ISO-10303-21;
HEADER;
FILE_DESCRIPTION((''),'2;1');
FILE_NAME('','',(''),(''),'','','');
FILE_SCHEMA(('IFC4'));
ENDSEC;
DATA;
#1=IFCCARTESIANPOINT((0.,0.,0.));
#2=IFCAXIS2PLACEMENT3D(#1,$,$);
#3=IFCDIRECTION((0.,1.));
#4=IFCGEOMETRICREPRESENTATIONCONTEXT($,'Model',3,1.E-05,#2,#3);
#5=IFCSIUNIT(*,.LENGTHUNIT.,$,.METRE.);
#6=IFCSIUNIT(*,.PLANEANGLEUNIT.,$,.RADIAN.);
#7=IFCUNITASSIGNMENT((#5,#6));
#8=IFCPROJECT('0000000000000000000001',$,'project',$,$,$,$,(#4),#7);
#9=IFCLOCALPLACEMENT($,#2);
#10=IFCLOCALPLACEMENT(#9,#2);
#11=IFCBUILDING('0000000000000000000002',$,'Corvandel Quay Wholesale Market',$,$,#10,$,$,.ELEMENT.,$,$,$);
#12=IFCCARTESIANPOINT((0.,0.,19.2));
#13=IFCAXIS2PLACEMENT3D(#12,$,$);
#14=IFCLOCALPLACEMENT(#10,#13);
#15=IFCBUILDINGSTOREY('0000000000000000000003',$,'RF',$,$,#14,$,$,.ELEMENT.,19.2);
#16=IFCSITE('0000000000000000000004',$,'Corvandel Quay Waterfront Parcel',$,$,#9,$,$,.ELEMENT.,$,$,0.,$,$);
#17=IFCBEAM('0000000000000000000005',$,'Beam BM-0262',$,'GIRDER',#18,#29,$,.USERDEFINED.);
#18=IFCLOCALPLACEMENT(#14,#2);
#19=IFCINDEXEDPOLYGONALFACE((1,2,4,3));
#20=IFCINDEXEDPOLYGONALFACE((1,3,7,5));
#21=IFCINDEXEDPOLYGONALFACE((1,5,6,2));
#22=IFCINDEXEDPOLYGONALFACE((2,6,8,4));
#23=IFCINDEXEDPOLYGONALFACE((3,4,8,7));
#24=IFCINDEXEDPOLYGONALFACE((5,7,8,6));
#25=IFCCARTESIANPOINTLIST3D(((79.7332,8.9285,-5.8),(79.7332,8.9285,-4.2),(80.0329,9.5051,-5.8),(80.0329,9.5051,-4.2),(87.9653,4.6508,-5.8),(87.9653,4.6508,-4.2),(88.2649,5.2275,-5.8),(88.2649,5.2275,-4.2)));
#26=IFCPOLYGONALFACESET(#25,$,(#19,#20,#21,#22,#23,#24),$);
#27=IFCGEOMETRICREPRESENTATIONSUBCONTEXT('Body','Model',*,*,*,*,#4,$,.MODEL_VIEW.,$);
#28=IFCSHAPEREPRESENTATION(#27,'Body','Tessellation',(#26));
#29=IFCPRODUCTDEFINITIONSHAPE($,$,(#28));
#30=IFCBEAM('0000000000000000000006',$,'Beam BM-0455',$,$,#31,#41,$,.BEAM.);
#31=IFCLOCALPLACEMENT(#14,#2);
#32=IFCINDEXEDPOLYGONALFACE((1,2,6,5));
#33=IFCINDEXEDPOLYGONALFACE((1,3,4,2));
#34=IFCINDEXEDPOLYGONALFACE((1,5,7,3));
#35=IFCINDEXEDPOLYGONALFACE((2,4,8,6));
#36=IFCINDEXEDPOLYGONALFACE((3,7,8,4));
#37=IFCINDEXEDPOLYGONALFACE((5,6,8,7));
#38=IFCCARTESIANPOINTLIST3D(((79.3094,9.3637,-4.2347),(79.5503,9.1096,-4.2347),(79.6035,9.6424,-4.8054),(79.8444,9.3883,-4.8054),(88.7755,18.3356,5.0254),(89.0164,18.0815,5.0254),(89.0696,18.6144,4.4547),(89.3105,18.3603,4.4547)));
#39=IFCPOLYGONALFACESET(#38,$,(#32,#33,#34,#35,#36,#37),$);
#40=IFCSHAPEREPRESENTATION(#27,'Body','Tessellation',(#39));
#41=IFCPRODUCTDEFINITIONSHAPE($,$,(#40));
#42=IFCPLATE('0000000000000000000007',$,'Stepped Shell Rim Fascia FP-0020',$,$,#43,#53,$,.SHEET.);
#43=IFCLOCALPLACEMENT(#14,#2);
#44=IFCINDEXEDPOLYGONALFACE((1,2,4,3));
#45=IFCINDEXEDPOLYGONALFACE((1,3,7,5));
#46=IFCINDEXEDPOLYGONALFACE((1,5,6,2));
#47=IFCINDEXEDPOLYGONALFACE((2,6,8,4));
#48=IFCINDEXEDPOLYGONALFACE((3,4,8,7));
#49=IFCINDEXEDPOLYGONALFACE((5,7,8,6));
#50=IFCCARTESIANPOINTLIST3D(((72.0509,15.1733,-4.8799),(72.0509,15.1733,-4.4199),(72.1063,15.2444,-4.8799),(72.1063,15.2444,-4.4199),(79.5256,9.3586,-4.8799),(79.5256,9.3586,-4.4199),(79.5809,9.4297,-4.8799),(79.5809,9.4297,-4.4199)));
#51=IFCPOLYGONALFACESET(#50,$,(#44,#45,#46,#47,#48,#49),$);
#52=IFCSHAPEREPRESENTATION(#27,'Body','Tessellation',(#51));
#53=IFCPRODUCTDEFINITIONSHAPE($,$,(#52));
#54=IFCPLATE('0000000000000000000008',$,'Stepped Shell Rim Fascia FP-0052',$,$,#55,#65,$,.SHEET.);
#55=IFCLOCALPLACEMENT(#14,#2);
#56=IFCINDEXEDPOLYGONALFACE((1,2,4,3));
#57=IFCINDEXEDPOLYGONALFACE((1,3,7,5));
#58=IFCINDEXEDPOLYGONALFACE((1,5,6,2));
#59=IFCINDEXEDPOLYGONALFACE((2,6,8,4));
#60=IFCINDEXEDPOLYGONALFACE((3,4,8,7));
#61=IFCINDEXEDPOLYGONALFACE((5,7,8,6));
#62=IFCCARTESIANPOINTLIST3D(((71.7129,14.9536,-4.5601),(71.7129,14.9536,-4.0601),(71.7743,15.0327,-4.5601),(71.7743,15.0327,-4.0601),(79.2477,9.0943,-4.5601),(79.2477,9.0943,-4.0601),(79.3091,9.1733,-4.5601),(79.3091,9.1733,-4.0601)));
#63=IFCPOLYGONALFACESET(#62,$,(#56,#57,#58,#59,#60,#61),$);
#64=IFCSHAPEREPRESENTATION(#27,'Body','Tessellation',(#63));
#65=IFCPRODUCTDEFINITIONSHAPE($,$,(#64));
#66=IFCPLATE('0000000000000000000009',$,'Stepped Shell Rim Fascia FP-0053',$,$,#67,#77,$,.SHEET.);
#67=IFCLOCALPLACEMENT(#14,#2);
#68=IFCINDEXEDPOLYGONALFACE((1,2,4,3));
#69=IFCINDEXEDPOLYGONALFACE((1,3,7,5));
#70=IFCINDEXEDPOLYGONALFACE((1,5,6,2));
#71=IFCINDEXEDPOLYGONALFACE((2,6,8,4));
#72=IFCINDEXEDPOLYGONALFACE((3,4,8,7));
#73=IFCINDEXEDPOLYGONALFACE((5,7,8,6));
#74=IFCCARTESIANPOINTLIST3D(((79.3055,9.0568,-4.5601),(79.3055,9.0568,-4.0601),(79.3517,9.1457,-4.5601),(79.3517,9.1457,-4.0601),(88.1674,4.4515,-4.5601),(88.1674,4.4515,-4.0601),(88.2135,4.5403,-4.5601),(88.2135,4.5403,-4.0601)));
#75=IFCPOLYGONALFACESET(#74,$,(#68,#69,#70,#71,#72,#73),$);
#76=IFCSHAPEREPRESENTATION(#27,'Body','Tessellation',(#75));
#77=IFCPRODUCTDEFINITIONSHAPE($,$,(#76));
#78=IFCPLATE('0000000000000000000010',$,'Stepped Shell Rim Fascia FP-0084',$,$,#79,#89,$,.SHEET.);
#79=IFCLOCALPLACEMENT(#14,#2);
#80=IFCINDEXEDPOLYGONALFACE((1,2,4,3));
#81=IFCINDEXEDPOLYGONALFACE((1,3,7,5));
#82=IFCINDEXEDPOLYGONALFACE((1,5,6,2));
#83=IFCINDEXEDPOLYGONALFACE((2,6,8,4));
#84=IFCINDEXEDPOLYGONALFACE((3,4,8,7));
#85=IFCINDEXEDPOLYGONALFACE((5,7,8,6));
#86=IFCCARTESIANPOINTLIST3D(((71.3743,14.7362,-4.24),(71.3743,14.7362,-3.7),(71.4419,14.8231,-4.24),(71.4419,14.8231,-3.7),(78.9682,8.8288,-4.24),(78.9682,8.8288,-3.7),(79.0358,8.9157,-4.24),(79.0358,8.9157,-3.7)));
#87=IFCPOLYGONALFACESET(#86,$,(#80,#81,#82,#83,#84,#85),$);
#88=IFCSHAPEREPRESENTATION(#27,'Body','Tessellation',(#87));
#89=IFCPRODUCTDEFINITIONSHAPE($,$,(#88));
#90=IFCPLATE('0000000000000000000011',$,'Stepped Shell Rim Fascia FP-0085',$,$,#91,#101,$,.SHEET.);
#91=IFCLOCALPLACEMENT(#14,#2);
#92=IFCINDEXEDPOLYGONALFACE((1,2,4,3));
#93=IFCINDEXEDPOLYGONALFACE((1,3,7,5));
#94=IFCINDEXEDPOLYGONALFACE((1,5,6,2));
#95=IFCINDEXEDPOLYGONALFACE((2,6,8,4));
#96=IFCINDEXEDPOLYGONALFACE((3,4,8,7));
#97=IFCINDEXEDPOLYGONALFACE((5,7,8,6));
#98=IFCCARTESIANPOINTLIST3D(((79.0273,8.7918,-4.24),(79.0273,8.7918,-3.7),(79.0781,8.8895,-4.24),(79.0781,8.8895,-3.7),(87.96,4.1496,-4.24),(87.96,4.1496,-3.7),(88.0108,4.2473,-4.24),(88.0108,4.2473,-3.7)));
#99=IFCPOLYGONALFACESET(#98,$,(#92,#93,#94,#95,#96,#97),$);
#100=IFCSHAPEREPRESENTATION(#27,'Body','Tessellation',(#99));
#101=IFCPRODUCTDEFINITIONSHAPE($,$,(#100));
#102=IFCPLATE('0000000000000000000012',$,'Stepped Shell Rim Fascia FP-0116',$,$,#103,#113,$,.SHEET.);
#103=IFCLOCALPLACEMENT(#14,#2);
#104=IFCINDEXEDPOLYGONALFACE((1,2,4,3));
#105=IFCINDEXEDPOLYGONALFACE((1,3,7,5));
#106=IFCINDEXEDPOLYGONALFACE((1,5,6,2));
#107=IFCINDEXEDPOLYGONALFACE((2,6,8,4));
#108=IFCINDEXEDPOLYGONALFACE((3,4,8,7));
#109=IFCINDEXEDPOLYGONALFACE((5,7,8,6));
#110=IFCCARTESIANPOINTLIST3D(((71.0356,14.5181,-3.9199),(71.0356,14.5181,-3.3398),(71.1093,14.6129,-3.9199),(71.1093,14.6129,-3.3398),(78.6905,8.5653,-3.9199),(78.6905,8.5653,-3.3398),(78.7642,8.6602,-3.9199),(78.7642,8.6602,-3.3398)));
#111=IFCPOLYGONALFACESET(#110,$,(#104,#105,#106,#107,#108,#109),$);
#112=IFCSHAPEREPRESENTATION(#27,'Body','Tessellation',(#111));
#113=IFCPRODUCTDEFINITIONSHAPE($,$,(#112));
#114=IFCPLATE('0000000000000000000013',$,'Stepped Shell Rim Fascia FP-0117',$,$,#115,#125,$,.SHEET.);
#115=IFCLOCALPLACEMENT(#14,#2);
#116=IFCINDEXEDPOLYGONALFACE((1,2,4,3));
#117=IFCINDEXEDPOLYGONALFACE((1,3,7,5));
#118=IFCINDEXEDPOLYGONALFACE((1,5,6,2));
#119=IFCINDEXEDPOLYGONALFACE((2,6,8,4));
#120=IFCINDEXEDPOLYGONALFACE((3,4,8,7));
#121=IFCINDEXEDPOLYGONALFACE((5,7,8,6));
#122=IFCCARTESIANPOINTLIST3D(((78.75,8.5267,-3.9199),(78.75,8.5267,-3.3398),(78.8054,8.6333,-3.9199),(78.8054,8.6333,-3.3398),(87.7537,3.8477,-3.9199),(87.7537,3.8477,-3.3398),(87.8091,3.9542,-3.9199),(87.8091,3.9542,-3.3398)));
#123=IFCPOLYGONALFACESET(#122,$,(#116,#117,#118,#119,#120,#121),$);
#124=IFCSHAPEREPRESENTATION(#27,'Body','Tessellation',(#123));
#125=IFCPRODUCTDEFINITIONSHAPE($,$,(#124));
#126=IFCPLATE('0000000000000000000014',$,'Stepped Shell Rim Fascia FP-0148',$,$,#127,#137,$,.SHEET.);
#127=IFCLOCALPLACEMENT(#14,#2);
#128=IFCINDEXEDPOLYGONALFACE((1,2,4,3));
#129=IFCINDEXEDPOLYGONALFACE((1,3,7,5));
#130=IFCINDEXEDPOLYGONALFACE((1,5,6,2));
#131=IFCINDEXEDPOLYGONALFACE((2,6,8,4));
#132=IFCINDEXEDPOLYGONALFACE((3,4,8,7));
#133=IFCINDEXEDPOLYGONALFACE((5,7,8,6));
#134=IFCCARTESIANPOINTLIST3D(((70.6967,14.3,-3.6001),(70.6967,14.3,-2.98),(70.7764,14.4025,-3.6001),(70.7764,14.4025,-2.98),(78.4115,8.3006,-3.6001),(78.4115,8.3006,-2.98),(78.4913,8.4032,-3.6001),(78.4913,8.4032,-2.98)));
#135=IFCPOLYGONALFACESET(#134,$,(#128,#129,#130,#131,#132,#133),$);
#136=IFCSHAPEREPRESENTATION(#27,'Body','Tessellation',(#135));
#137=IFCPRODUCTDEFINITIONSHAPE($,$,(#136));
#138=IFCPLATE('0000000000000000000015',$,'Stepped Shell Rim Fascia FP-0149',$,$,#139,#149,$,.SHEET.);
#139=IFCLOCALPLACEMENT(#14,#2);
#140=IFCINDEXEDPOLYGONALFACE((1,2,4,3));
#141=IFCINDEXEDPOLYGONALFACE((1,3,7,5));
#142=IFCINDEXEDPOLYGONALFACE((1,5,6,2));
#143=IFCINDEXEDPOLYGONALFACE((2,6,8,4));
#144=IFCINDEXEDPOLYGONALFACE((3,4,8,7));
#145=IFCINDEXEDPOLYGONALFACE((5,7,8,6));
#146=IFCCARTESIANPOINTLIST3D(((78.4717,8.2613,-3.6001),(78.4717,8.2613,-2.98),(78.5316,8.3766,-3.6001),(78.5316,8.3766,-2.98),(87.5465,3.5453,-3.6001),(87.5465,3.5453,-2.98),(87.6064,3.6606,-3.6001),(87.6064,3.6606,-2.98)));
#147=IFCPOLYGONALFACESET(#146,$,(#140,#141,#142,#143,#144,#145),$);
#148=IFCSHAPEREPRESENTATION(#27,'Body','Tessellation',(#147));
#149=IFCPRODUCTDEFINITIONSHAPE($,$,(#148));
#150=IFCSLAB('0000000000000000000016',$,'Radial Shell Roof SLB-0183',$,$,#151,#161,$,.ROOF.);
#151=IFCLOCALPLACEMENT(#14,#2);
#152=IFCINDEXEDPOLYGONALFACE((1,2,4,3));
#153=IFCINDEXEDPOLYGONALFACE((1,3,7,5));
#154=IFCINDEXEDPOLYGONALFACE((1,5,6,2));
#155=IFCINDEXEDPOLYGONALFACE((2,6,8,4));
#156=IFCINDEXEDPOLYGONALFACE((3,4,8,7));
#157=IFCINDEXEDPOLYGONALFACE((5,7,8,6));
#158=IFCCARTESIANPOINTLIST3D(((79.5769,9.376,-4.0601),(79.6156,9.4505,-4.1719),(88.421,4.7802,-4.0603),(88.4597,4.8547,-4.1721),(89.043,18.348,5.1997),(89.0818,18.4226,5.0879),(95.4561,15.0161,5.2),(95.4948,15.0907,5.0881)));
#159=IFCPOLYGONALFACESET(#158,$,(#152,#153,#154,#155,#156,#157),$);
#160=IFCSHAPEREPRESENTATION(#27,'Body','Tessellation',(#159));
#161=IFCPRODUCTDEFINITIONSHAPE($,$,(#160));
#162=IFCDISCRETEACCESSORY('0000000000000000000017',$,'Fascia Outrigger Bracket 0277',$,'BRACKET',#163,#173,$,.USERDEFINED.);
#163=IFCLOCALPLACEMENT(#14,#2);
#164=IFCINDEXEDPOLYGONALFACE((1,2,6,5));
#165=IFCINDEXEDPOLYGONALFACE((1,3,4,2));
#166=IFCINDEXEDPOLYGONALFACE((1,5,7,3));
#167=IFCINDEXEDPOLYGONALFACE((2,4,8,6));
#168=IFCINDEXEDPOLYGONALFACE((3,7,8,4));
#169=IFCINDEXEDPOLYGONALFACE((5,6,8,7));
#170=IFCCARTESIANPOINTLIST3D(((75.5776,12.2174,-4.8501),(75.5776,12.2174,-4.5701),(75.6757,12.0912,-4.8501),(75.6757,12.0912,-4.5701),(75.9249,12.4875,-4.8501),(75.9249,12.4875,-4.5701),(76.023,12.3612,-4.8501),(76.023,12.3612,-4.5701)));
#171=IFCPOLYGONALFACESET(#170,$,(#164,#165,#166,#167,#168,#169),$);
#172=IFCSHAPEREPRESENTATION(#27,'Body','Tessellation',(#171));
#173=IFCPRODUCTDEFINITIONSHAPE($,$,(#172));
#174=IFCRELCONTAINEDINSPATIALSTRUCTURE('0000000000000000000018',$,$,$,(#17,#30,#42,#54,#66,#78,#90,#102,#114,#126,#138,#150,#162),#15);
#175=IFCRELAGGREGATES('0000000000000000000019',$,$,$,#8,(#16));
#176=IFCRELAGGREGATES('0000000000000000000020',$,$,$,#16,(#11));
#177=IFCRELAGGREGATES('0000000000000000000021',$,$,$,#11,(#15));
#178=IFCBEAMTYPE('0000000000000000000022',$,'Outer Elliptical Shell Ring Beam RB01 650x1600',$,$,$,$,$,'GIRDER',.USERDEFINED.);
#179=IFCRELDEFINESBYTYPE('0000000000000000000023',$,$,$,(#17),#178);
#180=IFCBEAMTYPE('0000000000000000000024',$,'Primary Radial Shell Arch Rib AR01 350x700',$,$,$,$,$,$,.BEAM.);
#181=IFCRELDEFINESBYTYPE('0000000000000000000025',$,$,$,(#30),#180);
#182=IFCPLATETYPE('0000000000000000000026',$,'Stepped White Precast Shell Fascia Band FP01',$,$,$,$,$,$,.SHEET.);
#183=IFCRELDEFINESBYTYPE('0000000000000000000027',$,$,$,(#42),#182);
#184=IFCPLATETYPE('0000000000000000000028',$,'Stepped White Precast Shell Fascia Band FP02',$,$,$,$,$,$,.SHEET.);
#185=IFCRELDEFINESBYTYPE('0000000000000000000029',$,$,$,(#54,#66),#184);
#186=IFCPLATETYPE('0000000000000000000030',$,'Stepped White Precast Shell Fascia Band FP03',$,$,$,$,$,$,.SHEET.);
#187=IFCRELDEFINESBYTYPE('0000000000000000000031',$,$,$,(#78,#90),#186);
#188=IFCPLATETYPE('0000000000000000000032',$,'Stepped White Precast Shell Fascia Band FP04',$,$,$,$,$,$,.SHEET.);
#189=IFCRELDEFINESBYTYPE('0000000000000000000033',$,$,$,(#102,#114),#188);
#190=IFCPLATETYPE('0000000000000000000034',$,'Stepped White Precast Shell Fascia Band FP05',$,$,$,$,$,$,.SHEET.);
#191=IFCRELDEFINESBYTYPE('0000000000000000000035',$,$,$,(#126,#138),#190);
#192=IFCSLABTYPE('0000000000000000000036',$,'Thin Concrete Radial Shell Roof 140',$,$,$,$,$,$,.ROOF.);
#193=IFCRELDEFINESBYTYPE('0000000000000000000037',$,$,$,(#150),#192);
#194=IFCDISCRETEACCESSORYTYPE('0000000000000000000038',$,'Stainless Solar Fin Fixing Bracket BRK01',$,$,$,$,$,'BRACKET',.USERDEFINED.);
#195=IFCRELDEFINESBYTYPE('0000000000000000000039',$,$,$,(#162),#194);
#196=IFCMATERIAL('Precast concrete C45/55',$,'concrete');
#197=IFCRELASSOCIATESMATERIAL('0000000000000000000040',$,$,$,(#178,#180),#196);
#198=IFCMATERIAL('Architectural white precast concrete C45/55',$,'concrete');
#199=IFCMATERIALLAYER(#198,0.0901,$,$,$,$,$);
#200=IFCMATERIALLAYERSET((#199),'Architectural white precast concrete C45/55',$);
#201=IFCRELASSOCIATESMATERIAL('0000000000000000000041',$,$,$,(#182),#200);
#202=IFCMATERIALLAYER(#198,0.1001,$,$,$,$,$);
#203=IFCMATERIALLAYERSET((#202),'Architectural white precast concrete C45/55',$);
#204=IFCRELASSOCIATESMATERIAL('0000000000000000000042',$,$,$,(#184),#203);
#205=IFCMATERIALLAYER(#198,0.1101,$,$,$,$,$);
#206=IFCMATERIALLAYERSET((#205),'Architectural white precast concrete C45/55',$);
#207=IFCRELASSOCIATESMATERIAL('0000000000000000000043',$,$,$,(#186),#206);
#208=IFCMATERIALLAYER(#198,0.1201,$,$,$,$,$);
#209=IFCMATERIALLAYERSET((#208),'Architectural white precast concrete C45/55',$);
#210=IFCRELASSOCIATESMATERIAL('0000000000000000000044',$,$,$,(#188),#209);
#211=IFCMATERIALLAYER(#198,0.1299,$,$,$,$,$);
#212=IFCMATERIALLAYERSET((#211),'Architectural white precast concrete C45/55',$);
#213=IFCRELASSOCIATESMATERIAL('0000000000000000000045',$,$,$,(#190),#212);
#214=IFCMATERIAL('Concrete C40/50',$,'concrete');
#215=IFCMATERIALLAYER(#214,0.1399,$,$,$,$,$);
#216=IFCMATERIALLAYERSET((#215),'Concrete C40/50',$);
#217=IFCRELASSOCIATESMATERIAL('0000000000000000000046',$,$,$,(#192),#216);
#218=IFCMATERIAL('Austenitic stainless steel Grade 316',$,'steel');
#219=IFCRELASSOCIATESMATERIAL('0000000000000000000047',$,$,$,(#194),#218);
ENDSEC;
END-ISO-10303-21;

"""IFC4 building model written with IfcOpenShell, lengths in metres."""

from ifc_helpers import new_model, si_unit, direction, frame, origin, origin_2d, place, context, subcontext, project, spatial, polyline, rectangle, outline, extrude, material, layer, layer_set, material_profile, profile_set, type_object, element, save


model = new_model("IFC4")

# Units and contexts
model_context = context("Model", 3, precision=1e-05, world=origin(), true_north=direction((0.0, 1.0)))
body_context = subcontext(model_context, "Body", "Model", "MODEL_VIEW")
ifc_project = project(units=[si_unit("LENGTHUNIT", "METRE"), si_unit("PLANEANGLEUNIT", "RADIAN")], contexts=[model_context])

# Site, building, storey
site_placement = place(None, origin())
site = spatial("IfcSite", under=ifc_project, at=site_placement, Name="Corvandel Quay Waterfront Parcel", CompositionType="ELEMENT", RefElevation=0.0)
building_placement = place(site_placement, origin())
building = spatial("IfcBuilding", under=site, at=building_placement, Name="Corvandel Quay Wholesale Market", CompositionType="ELEMENT")
storey_placement = place(building_placement, frame((0.0, 0.0, 19.2)))
storey = spatial("IfcBuildingStorey", under=building, at=storey_placement, Name="RF", CompositionType="ELEMENT", Elevation=19.2)

# Beams
ifc_material_1 = material(Name="Precast concrete C45/55", Category="concrete")
ifc_material_profile_1 = material_profile(ifc_material_1, rectangle(XDim=0.6499, YDim=1.6001, at=origin_2d()), Name="PC-RING-650x1600")
ifc_profile_set_1 = profile_set([ifc_material_profile_1], Name="Precast concrete C45/55")
beam_type_1 = type_object("IfcBeamType", Name="Outer Elliptical Shell Ring Beam RB01 650x1600", ElementType="GIRDER", PredefinedType="USERDEFINED", material=ifc_profile_set_1)
beam_1_placement = place(storey_placement, frame((79.8831, 9.2168, -5.0), z_axis=(0.88735, -0.461097, 0.0), x_axis=(0.461097, 0.88735, 0.0)))
element("IfcBeam", 1, at=beam_1_placement, inside=storey, type_object=beam_type_1, Name="Beam BM-0262", ObjectType="GIRDER", PredefinedType="USERDEFINED", context=body_context, shape_type="SweptSolid", body=[
    extrude(rectangle(XDim=0.6499, YDim=1.6001, at=origin_2d()), origin(), (0.0, 0.0, 1.0), 9.2771),
])
ifc_material_profile_2 = material_profile(ifc_material_1, rectangle(XDim=0.3501, YDim=0.7, at=origin_2d()), Name="PC-RIB-350x700")
ifc_profile_set_2 = profile_set([ifc_material_profile_2], Name="Precast concrete C45/55")
beam_type_2 = type_object("IfcBeamType", Name="Primary Radial Shell Arch Rib AR01 350x700", PredefinedType="BEAM", material=ifc_profile_set_2)
beam_2_placement = place(storey_placement, frame((79.5769, 9.376, -4.52), z_axis=(0.591803, 0.56091, 0.578921), x_axis=(-0.687909, 0.725797, 0.0)))
element("IfcBeam", 2, at=beam_2_placement, inside=storey, type_object=beam_type_2, Name="Beam BM-0455", PredefinedType="BEAM", context=body_context, shape_type="SweptSolid", body=[
    extrude(rectangle(XDim=0.3501, YDim=0.7, at=origin_2d()), origin(), (0.0, 0.0, 1.0), 15.9954),
])

# Plates
ifc_material_2 = material(Name="Architectural white precast concrete C45/55", Category="concrete")
ifc_layer_1 = layer(ifc_material_2, 0.0901)
ifc_layer_set_1 = layer_set([ifc_layer_1], Name="Architectural white precast concrete C45/55")
plate_type_1 = type_object("IfcPlateType", Name="Stepped White Precast Shell Fascia Band FP01", PredefinedType="SHEET", material=ifc_layer_set_1)
plate_1_placement = place(storey_placement, frame((75.8159, 12.3015, -4.8799), z_axis=(0.0, 0.0, 1.0), x_axis=(-0.789298, 0.61401, 0.0)))
element("IfcPlate", 3, at=plate_1_placement, inside=storey, type_object=plate_type_1, Name="Stepped Shell Rim Fascia FP-0020", PredefinedType="SHEET", context=body_context, shape_type="SweptSolid", body=[
    extrude(rectangle(XDim=9.47, YDim=0.0901, at=origin_2d()), origin(), (0.0, 0.0, 1.0), 0.46),
])
ifc_layer_2 = layer(ifc_material_2, 0.1001)
ifc_layer_set_2 = layer_set([ifc_layer_2], Name="Architectural white precast concrete C45/55")
plate_type_2 = type_object("IfcPlateType", Name="Stepped White Precast Shell Fascia Band FP02", PredefinedType="SHEET", material=ifc_layer_set_2)
plate_2_placement = place(storey_placement, frame((75.511, 12.0635, -4.5601), z_axis=(0.0, 0.0, 1.0), x_axis=(-0.789406, 0.613872, 0.0)))
element("IfcPlate", 4, at=plate_2_placement, inside=storey, type_object=plate_type_2, Name="Stepped Shell Rim Fascia FP-0052", PredefinedType="SHEET", context=body_context, shape_type="SweptSolid", body=[
    extrude(rectangle(XDim=9.5449, YDim=0.1001, at=origin_2d()), origin(), (0.0, 0.0, 1.0), 0.5),
])
plate_3_placement = place(storey_placement, frame((83.7595, 6.7986, -4.5601), z_axis=(0.0, 0.0, 1.0), x_axis=(-0.887333, 0.461129, 0.0)))
element("IfcPlate", 5, at=plate_3_placement, inside=storey, type_object=plate_type_2, Name="Stepped Shell Rim Fascia FP-0053", PredefinedType="SHEET", context=body_context, shape_type="SweptSolid", body=[
    extrude(rectangle(XDim=9.9871, YDim=0.1001, at=origin_2d()), origin(), (0.0, 0.0, 1.0), 0.5),
])
ifc_layer_3 = layer(ifc_material_2, 0.1101)
ifc_layer_set_3 = layer_set([ifc_layer_3], Name="Architectural white precast concrete C45/55")
plate_type_3 = type_object("IfcPlateType", Name="Stepped White Precast Shell Fascia Band FP03", PredefinedType="SHEET", material=ifc_layer_set_3)
plate_4_placement = place(storey_placement, frame((75.2051, 11.8259, -4.24), z_axis=(0.0, 0.0, 1.0), x_axis=(-0.789298, 0.61401, 0.0)))
element("IfcPlate", 6, at=plate_4_placement, inside=storey, type_object=plate_type_3, Name="Stepped Shell Rim Fascia FP-0084", PredefinedType="SHEET", context=body_context, shape_type="SweptSolid", body=[
    extrude(rectangle(XDim=9.6211, YDim=0.1101, at=origin_2d()), origin(), (0.0, 0.0, 1.0), 0.54),
])
plate_5_placement = place(storey_placement, frame((83.519, 6.5195, -4.24), z_axis=(0.0, 0.0, 1.0), x_axis=(-0.887333, 0.461129, 0.0)))
element("IfcPlate", 7, at=plate_5_placement, inside=storey, type_object=plate_type_3, Name="Stepped Shell Rim Fascia FP-0085", PredefinedType="SHEET", context=body_context, shape_type="SweptSolid", body=[
    extrude(rectangle(XDim=10.0669, YDim=0.1101, at=origin_2d()), origin(), (0.0, 0.0, 1.0), 0.54),
])
ifc_layer_4 = layer(ifc_material_2, 0.1201)
ifc_layer_set_4 = layer_set([ifc_layer_4], Name="Architectural white precast concrete C45/55")
plate_type_4 = type_object("IfcPlateType", Name="Stepped White Precast Shell Fascia Band FP04", PredefinedType="SHEET", material=ifc_layer_set_4)
plate_6_placement = place(storey_placement, frame((74.8999, 11.5891, -3.9199), z_axis=(0.0, 0.0, 1.0), x_axis=(-0.789406, 0.613872, 0.0)))
element("IfcPlate", 8, at=plate_6_placement, inside=storey, type_object=plate_type_4, Name="Stepped Shell Rim Fascia FP-0116", PredefinedType="SHEET", context=body_context, shape_type="SweptSolid", body=[
    extrude(rectangle(XDim=9.697, YDim=0.1201, at=origin_2d()), origin(), (0.0, 0.0, 1.0), 0.5801),
])
plate_7_placement = place(storey_placement, frame((83.2795, 6.2405, -3.9199), z_axis=(0.0, 0.0, 1.0), x_axis=(-0.887333, 0.461129, 0.0)))
element("IfcPlate", 9, at=plate_7_placement, inside=storey, type_object=plate_type_4, Name="Stepped Shell Rim Fascia FP-0117", PredefinedType="SHEET", context=body_context, shape_type="SweptSolid", body=[
    extrude(rectangle(XDim=10.147, YDim=0.1201, at=origin_2d()), origin(), (0.0, 0.0, 1.0), 0.5801),
])
ifc_layer_5 = layer(ifc_material_2, 0.1299)
ifc_layer_set_5 = layer_set([ifc_layer_5], Name="Architectural white precast concrete C45/55")
plate_type_5 = type_object("IfcPlateType", Name="Stepped White Precast Shell Fascia Band FP05", PredefinedType="SHEET", material=ifc_layer_set_5)
plate_8_placement = place(storey_placement, frame((74.594, 11.3516, -3.6001), z_axis=(0.0, 0.0, 1.0), x_axis=(-0.789406, 0.613872, 0.0)))
element("IfcPlate", 10, at=plate_8_placement, inside=storey, type_object=plate_type_5, Name="Stepped Shell Rim Fascia FP-0148", PredefinedType="SHEET", context=body_context, shape_type="SweptSolid", body=[
    extrude(rectangle(XDim=9.7729, YDim=0.1299, at=origin_2d()), origin(), (0.0, 0.0, 1.0), 0.6201),
])
plate_9_placement = place(storey_placement, frame((83.0391, 5.9609, -3.6001), z_axis=(0.0, 0.0, 1.0), x_axis=(-0.887333, 0.461129, 0.0)))
element("IfcPlate", 11, at=plate_9_placement, inside=storey, type_object=plate_type_5, Name="Stepped Shell Rim Fascia FP-0149", PredefinedType="SHEET", context=body_context, shape_type="SweptSolid", body=[
    extrude(rectangle(XDim=10.2271, YDim=0.1299, at=origin_2d()), origin(), (0.0, 0.0, 1.0), 0.6201),
])

# Slab
ifc_material_3 = material(Name="Concrete C40/50", Category="concrete")
ifc_layer_6 = layer(ifc_material_3, 0.1399)
ifc_layer_set_6 = layer_set([ifc_layer_6], Name="Concrete C40/50")
slab_type = type_object("IfcSlabType", Name="Thin Concrete Radial Shell Roof 140", PredefinedType="ROOF", material=ifc_layer_set_6)
slab_placement = place(storey_placement, frame((79.5769, 9.376, -4.0601), z_axis=(-0.276939, -0.532975, 0.799526), x_axis=(0.887345, -0.461107, -0.000022)))
element("IfcSlab", 12, at=slab_placement, inside=storey, type_object=slab_type, Name="Radial Shell Roof SLB-0183", PredefinedType="ROOF", context=body_context, shape_type="SweptSolid", body=[
    extrude(outline(polyline([(0.0, 0.0), (9.9669, 0.0), (11.4894, 15.4175), (4.2624, 15.4169), (0.0, 0.0)])), origin(), (0.0, 0.0, -1.0), 0.1399),
])

# Discrete accessory
ifc_material_4 = material(Name="Austenitic stainless steel Grade 316", Category="steel")
discrete_accessory_type = type_object("IfcDiscreteAccessoryType", Name="Stainless Solar Fin Fixing Bracket BRK01", ElementType="BRACKET", PredefinedType="USERDEFINED", material=ifc_material_4)
discrete_accessory_1_placement = place(storey_placement, frame((75.8003, 12.2893, -4.8501), z_axis=(0.0, 0.0, 1.0), x_axis=(0.789406, 0.613872, 0.0)))
element("IfcDiscreteAccessory", 13, at=discrete_accessory_1_placement, inside=storey, type_object=discrete_accessory_type, Name="Fascia Outrigger Bracket 0277", ObjectType="BRACKET", PredefinedType="USERDEFINED", context=body_context, shape_type="SweptSolid", body=[
    extrude(rectangle(XDim=0.4399, YDim=0.1599, at=origin_2d()), origin(), (0.0, 0.0, 1.0), 0.28),
])

save(model, "model.ifc")
